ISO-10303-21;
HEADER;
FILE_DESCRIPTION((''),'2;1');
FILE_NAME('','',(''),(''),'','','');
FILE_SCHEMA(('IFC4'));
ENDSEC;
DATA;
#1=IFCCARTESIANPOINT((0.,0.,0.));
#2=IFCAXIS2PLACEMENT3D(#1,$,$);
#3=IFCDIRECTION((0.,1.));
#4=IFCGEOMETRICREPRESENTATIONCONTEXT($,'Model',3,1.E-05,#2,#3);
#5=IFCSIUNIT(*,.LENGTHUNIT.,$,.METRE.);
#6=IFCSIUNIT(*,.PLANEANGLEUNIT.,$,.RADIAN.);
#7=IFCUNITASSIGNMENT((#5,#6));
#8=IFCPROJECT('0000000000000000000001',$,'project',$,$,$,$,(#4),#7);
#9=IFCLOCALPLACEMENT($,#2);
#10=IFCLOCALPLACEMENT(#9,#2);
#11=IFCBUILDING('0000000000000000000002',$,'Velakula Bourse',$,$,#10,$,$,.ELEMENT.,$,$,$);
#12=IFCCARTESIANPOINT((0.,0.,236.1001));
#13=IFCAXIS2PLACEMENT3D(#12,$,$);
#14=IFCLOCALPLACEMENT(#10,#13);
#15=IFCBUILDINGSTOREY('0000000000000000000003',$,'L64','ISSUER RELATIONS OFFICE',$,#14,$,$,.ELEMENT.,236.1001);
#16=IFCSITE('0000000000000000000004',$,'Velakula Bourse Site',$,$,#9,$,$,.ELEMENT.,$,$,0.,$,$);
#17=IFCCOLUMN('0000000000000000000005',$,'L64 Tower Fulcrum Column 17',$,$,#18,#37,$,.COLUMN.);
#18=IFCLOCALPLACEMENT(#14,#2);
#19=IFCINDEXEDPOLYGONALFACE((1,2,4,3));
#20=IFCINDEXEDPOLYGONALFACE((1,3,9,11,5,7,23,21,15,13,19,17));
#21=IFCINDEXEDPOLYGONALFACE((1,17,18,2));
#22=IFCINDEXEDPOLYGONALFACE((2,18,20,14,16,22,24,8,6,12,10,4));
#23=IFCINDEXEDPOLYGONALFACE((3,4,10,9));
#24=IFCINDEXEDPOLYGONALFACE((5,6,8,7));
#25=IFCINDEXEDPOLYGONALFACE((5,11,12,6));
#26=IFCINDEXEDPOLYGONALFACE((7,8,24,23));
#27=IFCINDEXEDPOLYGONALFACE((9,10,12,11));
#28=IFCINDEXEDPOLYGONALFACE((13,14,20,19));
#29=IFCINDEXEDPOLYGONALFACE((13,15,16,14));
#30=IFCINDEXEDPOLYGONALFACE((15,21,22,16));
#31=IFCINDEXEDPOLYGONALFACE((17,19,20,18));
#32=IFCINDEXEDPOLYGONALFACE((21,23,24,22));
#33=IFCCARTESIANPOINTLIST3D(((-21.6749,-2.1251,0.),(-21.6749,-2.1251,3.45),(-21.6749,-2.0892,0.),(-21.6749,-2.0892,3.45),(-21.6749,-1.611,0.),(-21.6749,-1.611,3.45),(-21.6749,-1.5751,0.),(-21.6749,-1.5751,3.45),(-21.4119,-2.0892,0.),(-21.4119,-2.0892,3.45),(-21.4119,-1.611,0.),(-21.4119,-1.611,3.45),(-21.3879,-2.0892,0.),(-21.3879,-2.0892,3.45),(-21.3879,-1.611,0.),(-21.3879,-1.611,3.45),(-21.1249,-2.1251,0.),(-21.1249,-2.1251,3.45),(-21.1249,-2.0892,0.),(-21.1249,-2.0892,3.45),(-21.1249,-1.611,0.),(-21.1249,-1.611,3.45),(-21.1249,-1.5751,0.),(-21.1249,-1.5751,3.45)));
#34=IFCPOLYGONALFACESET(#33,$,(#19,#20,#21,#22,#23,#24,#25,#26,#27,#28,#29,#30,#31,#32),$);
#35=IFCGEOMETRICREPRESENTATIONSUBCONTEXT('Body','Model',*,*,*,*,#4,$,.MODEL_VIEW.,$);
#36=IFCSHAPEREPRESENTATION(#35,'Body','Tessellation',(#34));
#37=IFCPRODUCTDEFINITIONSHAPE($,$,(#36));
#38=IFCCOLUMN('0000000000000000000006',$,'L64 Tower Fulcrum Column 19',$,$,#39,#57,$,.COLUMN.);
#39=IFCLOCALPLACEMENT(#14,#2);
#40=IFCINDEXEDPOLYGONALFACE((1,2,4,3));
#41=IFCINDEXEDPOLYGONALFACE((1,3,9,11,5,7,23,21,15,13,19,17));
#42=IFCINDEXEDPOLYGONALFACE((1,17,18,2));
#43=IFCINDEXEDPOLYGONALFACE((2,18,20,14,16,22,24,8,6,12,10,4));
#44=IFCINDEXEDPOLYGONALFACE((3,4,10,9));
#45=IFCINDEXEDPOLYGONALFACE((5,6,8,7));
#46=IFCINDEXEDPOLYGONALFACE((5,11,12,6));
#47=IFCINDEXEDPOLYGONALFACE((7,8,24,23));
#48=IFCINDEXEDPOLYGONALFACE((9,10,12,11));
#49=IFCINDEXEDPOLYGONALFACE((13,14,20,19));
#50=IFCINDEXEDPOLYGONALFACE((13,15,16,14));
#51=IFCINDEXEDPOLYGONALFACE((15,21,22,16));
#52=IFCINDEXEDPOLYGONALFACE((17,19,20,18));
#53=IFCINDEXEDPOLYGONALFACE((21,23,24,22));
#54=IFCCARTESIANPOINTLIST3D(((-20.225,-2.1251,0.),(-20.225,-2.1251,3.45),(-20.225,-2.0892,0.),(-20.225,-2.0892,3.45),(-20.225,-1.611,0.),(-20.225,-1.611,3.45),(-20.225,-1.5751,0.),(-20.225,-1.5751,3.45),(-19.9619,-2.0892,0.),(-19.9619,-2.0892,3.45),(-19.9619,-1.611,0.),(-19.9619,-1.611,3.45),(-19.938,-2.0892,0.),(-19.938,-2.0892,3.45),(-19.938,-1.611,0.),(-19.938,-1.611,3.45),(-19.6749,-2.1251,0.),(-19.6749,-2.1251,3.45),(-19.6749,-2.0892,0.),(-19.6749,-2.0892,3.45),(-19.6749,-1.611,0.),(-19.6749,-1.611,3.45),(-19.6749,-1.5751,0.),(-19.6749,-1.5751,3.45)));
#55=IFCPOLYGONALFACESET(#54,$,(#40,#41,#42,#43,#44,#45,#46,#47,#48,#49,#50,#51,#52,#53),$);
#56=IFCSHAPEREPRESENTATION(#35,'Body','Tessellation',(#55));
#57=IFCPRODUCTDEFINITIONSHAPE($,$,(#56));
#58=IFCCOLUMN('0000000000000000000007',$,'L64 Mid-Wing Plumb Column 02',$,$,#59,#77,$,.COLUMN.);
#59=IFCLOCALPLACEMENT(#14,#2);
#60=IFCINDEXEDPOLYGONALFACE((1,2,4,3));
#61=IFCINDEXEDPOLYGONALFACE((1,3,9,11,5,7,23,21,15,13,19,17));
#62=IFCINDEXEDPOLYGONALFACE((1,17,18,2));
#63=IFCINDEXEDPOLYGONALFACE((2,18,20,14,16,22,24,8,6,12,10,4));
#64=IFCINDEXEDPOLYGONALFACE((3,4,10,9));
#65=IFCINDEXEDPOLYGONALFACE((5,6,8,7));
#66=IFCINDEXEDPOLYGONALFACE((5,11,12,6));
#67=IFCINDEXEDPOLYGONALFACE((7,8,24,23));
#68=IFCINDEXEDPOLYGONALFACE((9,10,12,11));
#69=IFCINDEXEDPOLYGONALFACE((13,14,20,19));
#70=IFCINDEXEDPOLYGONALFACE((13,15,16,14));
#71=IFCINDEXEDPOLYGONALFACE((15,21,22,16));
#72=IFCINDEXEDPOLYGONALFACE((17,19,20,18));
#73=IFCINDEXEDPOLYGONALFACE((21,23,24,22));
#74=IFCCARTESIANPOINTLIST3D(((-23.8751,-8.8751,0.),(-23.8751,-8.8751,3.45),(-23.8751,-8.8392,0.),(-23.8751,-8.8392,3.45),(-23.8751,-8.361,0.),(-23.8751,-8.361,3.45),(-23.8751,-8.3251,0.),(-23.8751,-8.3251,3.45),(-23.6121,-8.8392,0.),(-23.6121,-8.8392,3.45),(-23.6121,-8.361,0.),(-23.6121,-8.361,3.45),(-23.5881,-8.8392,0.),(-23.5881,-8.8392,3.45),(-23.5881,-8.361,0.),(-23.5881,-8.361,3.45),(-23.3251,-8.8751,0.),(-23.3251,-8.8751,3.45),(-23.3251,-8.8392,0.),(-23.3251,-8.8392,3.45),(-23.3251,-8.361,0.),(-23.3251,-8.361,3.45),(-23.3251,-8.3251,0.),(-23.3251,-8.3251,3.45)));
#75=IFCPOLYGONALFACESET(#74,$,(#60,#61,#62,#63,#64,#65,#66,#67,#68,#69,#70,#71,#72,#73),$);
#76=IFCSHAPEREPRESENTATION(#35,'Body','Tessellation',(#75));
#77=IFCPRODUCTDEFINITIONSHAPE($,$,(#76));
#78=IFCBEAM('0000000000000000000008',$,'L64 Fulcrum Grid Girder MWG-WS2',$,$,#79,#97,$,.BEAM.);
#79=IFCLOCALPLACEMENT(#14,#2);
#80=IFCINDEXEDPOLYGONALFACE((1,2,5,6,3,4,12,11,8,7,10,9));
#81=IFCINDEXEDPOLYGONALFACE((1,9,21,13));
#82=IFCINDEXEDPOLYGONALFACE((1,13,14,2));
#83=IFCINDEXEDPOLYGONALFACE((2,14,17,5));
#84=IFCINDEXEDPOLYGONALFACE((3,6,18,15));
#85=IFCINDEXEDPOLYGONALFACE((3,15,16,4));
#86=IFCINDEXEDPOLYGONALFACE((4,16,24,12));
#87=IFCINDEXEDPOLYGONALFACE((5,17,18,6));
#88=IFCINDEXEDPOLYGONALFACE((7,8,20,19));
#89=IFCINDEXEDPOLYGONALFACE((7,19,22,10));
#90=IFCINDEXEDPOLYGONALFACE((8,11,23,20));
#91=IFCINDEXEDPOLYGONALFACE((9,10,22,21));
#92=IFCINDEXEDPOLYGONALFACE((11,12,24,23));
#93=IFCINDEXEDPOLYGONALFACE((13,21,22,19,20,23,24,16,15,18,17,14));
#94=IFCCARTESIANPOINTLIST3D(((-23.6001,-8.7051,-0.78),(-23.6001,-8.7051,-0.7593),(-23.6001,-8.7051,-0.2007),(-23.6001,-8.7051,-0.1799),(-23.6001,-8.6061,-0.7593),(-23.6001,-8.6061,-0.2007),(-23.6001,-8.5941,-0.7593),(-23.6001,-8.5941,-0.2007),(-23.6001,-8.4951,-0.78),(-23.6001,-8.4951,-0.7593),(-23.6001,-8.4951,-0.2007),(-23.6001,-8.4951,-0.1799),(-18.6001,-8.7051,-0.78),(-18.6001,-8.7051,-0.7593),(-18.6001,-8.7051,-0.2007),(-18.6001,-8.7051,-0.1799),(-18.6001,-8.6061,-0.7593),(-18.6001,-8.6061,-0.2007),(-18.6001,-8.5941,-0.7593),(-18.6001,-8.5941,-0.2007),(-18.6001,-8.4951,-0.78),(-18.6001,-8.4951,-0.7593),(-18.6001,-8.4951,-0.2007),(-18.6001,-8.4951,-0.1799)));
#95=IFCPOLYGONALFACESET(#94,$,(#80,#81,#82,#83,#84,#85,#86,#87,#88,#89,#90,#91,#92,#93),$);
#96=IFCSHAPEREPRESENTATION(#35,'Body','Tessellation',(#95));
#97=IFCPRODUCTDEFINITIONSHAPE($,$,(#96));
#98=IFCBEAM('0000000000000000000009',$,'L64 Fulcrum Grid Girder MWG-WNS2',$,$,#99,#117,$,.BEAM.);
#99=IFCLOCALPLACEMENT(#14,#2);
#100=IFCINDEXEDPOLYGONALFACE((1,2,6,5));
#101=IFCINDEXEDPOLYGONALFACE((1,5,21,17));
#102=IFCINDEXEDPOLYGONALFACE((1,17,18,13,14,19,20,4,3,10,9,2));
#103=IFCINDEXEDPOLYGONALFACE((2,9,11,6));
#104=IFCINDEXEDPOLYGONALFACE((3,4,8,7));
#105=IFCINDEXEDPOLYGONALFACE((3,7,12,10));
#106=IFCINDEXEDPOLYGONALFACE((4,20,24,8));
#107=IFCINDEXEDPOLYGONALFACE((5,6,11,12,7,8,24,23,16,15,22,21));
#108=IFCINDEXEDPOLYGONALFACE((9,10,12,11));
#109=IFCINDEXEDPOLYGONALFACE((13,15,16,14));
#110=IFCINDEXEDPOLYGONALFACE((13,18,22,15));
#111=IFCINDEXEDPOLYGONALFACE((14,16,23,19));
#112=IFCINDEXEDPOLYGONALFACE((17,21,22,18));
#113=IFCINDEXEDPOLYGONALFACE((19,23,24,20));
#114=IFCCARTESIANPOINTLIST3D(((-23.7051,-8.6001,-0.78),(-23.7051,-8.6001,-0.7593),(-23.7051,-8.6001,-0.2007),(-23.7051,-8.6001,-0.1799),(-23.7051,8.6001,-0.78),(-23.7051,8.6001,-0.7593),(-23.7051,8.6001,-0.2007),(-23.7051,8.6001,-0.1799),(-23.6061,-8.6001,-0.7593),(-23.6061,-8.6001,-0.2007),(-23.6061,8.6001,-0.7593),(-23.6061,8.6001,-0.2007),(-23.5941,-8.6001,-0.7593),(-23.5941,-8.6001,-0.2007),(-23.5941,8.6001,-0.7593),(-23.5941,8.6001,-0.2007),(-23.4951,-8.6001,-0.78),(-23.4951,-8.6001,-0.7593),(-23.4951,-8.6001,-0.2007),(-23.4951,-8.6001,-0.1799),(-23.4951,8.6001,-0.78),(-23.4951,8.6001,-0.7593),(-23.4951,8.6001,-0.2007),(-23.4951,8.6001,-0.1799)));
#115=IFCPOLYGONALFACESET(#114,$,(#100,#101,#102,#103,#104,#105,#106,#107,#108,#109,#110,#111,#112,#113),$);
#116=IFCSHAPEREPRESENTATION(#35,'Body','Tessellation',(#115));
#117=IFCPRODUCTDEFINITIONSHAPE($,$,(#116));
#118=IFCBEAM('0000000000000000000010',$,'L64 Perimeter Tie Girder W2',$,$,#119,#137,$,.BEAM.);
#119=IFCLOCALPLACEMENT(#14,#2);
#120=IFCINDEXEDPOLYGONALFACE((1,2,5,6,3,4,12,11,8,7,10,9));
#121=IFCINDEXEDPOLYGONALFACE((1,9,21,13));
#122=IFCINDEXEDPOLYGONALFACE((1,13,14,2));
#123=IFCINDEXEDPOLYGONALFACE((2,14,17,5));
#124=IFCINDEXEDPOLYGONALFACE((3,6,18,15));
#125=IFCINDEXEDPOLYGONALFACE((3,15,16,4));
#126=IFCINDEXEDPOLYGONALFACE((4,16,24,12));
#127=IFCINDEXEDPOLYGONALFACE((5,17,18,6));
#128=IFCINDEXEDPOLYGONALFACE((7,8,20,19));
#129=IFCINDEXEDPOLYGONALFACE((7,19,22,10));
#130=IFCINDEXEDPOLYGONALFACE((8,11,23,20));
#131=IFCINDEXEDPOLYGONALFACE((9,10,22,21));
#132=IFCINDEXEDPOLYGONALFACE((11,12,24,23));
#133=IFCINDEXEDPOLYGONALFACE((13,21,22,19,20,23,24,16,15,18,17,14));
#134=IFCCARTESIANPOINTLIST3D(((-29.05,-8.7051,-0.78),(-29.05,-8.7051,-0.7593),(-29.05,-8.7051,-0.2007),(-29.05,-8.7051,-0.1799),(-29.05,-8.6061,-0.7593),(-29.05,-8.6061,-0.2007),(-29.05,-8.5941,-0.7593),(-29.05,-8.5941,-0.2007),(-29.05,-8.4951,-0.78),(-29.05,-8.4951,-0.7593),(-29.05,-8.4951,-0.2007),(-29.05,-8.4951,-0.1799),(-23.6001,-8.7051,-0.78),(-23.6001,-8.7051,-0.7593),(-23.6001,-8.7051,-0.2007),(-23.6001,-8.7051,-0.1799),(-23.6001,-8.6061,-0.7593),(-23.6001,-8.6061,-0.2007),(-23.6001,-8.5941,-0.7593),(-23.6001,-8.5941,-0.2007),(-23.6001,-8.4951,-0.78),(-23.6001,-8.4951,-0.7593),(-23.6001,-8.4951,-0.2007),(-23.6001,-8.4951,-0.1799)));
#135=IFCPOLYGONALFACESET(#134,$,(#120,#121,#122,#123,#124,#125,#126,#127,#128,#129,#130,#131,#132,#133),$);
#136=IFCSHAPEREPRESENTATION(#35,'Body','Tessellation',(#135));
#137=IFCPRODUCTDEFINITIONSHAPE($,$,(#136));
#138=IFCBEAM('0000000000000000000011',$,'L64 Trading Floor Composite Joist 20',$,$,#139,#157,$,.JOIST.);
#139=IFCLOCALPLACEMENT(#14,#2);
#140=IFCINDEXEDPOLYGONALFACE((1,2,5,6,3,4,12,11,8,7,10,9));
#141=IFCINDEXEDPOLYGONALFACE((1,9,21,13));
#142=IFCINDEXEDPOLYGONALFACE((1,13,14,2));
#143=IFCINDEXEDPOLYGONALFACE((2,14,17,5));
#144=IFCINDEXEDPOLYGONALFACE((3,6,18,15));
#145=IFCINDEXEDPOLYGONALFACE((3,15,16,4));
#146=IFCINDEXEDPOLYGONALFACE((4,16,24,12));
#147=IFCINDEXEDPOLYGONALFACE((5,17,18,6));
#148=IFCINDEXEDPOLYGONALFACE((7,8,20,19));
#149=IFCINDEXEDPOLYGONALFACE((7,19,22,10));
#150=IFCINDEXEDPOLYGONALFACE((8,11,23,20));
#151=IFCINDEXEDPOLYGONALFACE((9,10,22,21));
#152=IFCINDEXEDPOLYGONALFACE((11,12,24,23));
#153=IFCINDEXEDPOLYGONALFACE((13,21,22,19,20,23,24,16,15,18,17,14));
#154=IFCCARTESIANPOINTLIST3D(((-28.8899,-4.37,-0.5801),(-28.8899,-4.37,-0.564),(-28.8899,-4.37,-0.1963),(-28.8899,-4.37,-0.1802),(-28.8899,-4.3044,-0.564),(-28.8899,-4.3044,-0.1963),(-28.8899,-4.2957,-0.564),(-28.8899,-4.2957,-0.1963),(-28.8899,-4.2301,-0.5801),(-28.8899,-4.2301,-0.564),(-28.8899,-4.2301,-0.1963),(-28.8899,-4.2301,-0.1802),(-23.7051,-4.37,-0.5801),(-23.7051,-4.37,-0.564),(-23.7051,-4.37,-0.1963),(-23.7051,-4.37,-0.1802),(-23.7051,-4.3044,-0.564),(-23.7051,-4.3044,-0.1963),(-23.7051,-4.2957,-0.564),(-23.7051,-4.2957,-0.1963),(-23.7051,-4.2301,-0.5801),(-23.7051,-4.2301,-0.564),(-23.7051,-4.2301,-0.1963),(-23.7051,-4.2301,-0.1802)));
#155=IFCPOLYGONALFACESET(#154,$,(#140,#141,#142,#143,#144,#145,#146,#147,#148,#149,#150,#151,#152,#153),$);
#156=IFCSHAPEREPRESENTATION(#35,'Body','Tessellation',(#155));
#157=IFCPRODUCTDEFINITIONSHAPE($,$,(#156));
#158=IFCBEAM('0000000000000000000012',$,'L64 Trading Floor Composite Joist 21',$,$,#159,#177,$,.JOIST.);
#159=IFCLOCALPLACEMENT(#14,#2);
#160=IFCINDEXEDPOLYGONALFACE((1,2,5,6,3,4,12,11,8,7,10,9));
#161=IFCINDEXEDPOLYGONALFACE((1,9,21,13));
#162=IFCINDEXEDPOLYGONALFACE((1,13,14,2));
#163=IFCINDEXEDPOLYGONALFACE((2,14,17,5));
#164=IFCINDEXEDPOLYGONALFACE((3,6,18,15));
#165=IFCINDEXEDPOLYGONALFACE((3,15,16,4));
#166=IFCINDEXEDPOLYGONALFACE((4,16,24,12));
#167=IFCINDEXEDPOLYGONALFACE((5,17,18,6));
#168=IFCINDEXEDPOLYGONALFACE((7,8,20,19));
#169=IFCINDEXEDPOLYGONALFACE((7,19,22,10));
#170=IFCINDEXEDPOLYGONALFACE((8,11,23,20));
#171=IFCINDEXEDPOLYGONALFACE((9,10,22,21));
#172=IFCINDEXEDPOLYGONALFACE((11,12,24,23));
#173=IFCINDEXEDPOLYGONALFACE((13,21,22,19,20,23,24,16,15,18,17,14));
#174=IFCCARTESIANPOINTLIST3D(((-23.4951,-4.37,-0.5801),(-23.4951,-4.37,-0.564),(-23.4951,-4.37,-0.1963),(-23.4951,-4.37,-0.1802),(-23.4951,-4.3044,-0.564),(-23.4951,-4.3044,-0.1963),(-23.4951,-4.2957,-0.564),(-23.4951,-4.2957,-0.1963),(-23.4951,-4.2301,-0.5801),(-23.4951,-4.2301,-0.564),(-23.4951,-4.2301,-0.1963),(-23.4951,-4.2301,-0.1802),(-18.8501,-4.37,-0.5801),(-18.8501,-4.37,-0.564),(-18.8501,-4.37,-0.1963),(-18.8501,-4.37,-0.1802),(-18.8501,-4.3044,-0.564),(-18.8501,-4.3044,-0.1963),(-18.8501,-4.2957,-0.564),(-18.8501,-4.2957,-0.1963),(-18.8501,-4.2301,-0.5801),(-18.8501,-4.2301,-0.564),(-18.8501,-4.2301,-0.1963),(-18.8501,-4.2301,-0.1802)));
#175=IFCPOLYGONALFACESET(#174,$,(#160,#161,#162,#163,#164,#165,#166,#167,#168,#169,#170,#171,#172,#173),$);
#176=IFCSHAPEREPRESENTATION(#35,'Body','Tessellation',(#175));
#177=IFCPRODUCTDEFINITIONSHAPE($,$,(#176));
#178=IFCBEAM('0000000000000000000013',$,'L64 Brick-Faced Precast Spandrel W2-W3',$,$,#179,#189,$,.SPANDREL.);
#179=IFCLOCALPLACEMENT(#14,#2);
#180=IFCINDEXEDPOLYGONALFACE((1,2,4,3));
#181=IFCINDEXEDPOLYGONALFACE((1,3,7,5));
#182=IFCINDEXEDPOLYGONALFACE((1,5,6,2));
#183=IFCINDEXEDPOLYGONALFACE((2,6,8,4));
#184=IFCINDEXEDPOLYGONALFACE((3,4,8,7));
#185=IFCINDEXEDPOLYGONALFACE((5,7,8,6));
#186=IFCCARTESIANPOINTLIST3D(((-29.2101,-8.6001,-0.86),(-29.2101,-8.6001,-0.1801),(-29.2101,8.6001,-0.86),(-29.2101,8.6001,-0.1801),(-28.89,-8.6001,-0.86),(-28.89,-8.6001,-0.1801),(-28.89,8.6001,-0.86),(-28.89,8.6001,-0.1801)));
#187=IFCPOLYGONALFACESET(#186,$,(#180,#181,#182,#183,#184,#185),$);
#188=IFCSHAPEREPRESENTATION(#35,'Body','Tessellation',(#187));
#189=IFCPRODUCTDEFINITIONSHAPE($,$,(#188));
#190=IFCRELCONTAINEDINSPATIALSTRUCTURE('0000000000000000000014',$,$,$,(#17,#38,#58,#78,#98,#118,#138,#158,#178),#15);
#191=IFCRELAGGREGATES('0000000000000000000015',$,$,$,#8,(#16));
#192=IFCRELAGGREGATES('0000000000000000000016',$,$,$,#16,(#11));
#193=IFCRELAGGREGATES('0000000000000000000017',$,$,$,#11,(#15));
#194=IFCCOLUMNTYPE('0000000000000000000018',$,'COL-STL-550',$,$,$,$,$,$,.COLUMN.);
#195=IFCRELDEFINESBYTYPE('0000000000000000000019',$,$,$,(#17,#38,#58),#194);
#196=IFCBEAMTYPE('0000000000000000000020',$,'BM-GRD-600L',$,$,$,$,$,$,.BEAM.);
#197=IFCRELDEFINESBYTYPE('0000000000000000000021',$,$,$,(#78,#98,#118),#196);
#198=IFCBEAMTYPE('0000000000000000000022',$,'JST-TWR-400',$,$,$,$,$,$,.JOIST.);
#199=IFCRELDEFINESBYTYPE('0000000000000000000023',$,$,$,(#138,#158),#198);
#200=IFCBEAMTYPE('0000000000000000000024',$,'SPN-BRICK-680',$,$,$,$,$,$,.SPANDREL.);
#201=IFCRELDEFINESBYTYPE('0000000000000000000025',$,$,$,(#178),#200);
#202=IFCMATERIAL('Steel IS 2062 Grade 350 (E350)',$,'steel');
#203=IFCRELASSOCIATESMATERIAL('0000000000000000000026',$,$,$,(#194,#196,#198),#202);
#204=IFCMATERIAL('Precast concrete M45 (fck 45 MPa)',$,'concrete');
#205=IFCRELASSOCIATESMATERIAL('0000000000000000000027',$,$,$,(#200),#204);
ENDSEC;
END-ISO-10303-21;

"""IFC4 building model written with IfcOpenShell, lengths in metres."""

from ifc_helpers import new_model, si_unit, direction, frame, origin, origin_2d, place, context, subcontext, project, spatial, rectangle, i_section, extrude, material, material_profile, profile_set, type_object, element, save


model = new_model("IFC4")

# Units and contexts
model_context = context("Model", 3, precision=1e-05, world=origin(), true_north=direction((0.0, 1.0)))
body_context = subcontext(model_context, "Body", "Model", "MODEL_VIEW")
ifc_project = project(units=[si_unit("LENGTHUNIT", "METRE"), si_unit("PLANEANGLEUNIT", "RADIAN")], contexts=[model_context])

# Site, building, storey
site_placement = place(None, origin())
site = spatial("IfcSite", under=ifc_project, at=site_placement, Name="Velakula Bourse Site", CompositionType="ELEMENT", RefElevation=0.0)
building_placement = place(site_placement, origin())
building = spatial("IfcBuilding", under=site, at=building_placement, Name="Velakula Bourse", CompositionType="ELEMENT")
storey_placement = place(building_placement, frame((0.0, 0.0, 236.1001)))
storey = spatial("IfcBuildingStorey", under=building, at=storey_placement, Name="L64", Description="ISSUER RELATIONS OFFICE", CompositionType="ELEMENT", Elevation=236.1001)

# Columns
ifc_material_1 = material(Name="Steel IS 2062 Grade 350 (E350)", Category="steel")
ifc_material_profile_1 = material_profile(ifc_material_1, i_section(OverallWidth=0.55, OverallDepth=0.55, WebThickness=0.0239, FlangeThickness=0.0359, at=origin_2d()), Name="Steel IS 2062 Grade 350 (E350)")
ifc_profile_set_1 = profile_set([ifc_material_profile_1], Name="Steel IS 2062 Grade 350 (E350)")
column_type = type_object("IfcColumnType", Name="COL-STL-550", PredefinedType="COLUMN", material=ifc_profile_set_1)
for number, where, z_axis, x_axis, name in (
    (1, (-21.3999, -1.8501, 0.0), (0.0, 0.0, 1.0), (1.0, 0.0, 0.0), "L64 Tower Fulcrum Column 17"),
    (2, (-19.95, -1.8501, 0.0), (0.0, 0.0, 1.0), (1.0, 0.0, 0.0), "L64 Tower Fulcrum Column 19"),
    (3, (-23.6001, -8.6001, 0.0), (0.0, 0.0, 1.0), (1.0, 0.0, 0.0), "L64 Mid-Wing Plumb Column 02"),
):
    element("IfcColumn", number, at=place(storey_placement, frame(where, z_axis=z_axis, x_axis=x_axis)), inside=storey, type_object=column_type, Name=name, PredefinedType="COLUMN", context=body_context, shape_type="SweptSolid", body=[
        extrude(i_section(OverallWidth=0.55, OverallDepth=0.55, WebThickness=0.0239, FlangeThickness=0.0359, at=origin_2d()), origin(), (0.0, 0.0, 1.0), 3.45),
    ])

# Beams
ifc_material_profile_2 = material_profile(ifc_material_1, i_section(OverallWidth=0.21, OverallDepth=0.6001, WebThickness=0.012, FlangeThickness=0.0208, at=origin_2d()), Name="Steel IS 2062 Grade 350 (E350)")
ifc_profile_set_2 = profile_set([ifc_material_profile_2], Name="Steel IS 2062 Grade 350 (E350)")
beam_type_1 = type_object("IfcBeamType", Name="BM-GRD-600L", PredefinedType="BEAM", material=ifc_profile_set_2)
beam_1_placement = place(storey_placement, frame((-23.6001, -8.6001, -0.48), z_axis=(1.0, 0.0, 0.0), x_axis=(0.0, 1.0, 0.0)))
element("IfcBeam", 4, at=beam_1_placement, inside=storey, type_object=beam_type_1, Name="L64 Fulcrum Grid Girder MWG-WS2", PredefinedType="BEAM", context=body_context, shape_type="SweptSolid", body=[
    extrude(i_section(OverallWidth=0.21, OverallDepth=0.6001, WebThickness=0.012, FlangeThickness=0.0208, at=origin_2d()), origin(), (0.0, 0.0, 1.0), 5.0),
])
beam_2_placement = place(storey_placement, frame((-23.6001, -8.6001, -0.48), z_axis=(0.0, 1.0, 0.0), x_axis=(-1.0, 0.0, 0.0)))
element("IfcBeam", 5, at=beam_2_placement, inside=storey, type_object=beam_type_1, Name="L64 Fulcrum Grid Girder MWG-WNS2", PredefinedType="BEAM", context=body_context, shape_type="SweptSolid", body=[
    extrude(i_section(OverallWidth=0.21, OverallDepth=0.6001, WebThickness=0.012, FlangeThickness=0.0208, at=origin_2d()), origin(), (0.0, 0.0, 1.0), 17.2002),
])
beam_3_placement = place(storey_placement, frame((-23.6001, -8.6001, -0.48), z_axis=(-1.0, 0.0, 0.0), x_axis=(0.0, -1.0, 0.0)))
element("IfcBeam", 6, at=beam_3_placement, inside=storey, type_object=beam_type_1, Name="L64 Perimeter Tie Girder W2", PredefinedType="BEAM", context=body_context, shape_type="SweptSolid", body=[
    extrude(i_section(OverallWidth=0.21, OverallDepth=0.6001, WebThickness=0.012, FlangeThickness=0.0208, at=origin_2d()), origin(), (0.0, 0.0, 1.0), 5.45),
])
ifc_material_profile_3 = material_profile(ifc_material_1, i_section(OverallWidth=0.1399, OverallDepth=0.3999, WebThickness=0.0088, FlangeThickness=0.0161, at=origin_2d()), Name="Steel IS 2062 Grade 350 (E350)")
ifc_profile_set_3 = profile_set([ifc_material_profile_3], Name="Steel IS 2062 Grade 350 (E350)")
beam_type_2 = type_object("IfcBeamType", Name="JST-TWR-400", PredefinedType="JOIST", material=ifc_profile_set_3)
beam_4_placement = place(storey_placement, frame((-28.8899, -4.3, -0.3801), z_axis=(1.0, 0.0, 0.0), x_axis=(0.0, 1.0, 0.0)))
element("IfcBeam", 7, at=beam_4_placement, inside=storey, type_object=beam_type_2, Name="L64 Trading Floor Composite Joist 20", PredefinedType="JOIST", context=body_context, shape_type="SweptSolid", body=[
    extrude(i_section(OverallWidth=0.1399, OverallDepth=0.3999, WebThickness=0.0088, FlangeThickness=0.0161, at=origin_2d()), origin(), (0.0, 0.0, 1.0), 5.1848),
])
beam_5_placement = place(storey_placement, frame((-23.4951, -4.3, -0.3801), z_axis=(1.0, 0.0, 0.0), x_axis=(0.0, 1.0, 0.0)))
element("IfcBeam", 8, at=beam_5_placement, inside=storey, type_object=beam_type_2, Name="L64 Trading Floor Composite Joist 21", PredefinedType="JOIST", context=body_context, shape_type="SweptSolid", body=[
    extrude(i_section(OverallWidth=0.1399, OverallDepth=0.3999, WebThickness=0.0088, FlangeThickness=0.0161, at=origin_2d()), origin(), (0.0, 0.0, 1.0), 4.645),
])
ifc_material_2 = material(Name="Precast concrete M45 (fck 45 MPa)", Category="concrete")
ifc_material_profile_4 = material_profile(ifc_material_2, rectangle(XDim=0.3201, YDim=0.6799, at=origin_2d()), Name="Precast concrete M45 (fck 45 MPa)")
ifc_profile_set_4 = profile_set([ifc_material_profile_4], Name="Precast concrete M45 (fck 45 MPa)")
beam_type_3 = type_object("IfcBeamType", Name="SPN-BRICK-680", PredefinedType="SPANDREL", material=ifc_profile_set_4)
beam_6_placement = place(storey_placement, frame((-29.05, -8.6001, -0.52), z_axis=(0.0, 1.0, 0.0), x_axis=(-1.0, 0.0, 0.0)))
element("IfcBeam", 9, at=beam_6_placement, inside=storey, type_object=beam_type_3, Name="L64 Brick-Faced Precast Spandrel W2-W3", PredefinedType="SPANDREL", context=body_context, shape_type="SweptSolid", body=[
    extrude(rectangle(XDim=0.3201, YDim=0.6799, at=origin_2d()), origin(), (0.0, 0.0, 1.0), 17.2002),
])

save(model, "model.ifc")
